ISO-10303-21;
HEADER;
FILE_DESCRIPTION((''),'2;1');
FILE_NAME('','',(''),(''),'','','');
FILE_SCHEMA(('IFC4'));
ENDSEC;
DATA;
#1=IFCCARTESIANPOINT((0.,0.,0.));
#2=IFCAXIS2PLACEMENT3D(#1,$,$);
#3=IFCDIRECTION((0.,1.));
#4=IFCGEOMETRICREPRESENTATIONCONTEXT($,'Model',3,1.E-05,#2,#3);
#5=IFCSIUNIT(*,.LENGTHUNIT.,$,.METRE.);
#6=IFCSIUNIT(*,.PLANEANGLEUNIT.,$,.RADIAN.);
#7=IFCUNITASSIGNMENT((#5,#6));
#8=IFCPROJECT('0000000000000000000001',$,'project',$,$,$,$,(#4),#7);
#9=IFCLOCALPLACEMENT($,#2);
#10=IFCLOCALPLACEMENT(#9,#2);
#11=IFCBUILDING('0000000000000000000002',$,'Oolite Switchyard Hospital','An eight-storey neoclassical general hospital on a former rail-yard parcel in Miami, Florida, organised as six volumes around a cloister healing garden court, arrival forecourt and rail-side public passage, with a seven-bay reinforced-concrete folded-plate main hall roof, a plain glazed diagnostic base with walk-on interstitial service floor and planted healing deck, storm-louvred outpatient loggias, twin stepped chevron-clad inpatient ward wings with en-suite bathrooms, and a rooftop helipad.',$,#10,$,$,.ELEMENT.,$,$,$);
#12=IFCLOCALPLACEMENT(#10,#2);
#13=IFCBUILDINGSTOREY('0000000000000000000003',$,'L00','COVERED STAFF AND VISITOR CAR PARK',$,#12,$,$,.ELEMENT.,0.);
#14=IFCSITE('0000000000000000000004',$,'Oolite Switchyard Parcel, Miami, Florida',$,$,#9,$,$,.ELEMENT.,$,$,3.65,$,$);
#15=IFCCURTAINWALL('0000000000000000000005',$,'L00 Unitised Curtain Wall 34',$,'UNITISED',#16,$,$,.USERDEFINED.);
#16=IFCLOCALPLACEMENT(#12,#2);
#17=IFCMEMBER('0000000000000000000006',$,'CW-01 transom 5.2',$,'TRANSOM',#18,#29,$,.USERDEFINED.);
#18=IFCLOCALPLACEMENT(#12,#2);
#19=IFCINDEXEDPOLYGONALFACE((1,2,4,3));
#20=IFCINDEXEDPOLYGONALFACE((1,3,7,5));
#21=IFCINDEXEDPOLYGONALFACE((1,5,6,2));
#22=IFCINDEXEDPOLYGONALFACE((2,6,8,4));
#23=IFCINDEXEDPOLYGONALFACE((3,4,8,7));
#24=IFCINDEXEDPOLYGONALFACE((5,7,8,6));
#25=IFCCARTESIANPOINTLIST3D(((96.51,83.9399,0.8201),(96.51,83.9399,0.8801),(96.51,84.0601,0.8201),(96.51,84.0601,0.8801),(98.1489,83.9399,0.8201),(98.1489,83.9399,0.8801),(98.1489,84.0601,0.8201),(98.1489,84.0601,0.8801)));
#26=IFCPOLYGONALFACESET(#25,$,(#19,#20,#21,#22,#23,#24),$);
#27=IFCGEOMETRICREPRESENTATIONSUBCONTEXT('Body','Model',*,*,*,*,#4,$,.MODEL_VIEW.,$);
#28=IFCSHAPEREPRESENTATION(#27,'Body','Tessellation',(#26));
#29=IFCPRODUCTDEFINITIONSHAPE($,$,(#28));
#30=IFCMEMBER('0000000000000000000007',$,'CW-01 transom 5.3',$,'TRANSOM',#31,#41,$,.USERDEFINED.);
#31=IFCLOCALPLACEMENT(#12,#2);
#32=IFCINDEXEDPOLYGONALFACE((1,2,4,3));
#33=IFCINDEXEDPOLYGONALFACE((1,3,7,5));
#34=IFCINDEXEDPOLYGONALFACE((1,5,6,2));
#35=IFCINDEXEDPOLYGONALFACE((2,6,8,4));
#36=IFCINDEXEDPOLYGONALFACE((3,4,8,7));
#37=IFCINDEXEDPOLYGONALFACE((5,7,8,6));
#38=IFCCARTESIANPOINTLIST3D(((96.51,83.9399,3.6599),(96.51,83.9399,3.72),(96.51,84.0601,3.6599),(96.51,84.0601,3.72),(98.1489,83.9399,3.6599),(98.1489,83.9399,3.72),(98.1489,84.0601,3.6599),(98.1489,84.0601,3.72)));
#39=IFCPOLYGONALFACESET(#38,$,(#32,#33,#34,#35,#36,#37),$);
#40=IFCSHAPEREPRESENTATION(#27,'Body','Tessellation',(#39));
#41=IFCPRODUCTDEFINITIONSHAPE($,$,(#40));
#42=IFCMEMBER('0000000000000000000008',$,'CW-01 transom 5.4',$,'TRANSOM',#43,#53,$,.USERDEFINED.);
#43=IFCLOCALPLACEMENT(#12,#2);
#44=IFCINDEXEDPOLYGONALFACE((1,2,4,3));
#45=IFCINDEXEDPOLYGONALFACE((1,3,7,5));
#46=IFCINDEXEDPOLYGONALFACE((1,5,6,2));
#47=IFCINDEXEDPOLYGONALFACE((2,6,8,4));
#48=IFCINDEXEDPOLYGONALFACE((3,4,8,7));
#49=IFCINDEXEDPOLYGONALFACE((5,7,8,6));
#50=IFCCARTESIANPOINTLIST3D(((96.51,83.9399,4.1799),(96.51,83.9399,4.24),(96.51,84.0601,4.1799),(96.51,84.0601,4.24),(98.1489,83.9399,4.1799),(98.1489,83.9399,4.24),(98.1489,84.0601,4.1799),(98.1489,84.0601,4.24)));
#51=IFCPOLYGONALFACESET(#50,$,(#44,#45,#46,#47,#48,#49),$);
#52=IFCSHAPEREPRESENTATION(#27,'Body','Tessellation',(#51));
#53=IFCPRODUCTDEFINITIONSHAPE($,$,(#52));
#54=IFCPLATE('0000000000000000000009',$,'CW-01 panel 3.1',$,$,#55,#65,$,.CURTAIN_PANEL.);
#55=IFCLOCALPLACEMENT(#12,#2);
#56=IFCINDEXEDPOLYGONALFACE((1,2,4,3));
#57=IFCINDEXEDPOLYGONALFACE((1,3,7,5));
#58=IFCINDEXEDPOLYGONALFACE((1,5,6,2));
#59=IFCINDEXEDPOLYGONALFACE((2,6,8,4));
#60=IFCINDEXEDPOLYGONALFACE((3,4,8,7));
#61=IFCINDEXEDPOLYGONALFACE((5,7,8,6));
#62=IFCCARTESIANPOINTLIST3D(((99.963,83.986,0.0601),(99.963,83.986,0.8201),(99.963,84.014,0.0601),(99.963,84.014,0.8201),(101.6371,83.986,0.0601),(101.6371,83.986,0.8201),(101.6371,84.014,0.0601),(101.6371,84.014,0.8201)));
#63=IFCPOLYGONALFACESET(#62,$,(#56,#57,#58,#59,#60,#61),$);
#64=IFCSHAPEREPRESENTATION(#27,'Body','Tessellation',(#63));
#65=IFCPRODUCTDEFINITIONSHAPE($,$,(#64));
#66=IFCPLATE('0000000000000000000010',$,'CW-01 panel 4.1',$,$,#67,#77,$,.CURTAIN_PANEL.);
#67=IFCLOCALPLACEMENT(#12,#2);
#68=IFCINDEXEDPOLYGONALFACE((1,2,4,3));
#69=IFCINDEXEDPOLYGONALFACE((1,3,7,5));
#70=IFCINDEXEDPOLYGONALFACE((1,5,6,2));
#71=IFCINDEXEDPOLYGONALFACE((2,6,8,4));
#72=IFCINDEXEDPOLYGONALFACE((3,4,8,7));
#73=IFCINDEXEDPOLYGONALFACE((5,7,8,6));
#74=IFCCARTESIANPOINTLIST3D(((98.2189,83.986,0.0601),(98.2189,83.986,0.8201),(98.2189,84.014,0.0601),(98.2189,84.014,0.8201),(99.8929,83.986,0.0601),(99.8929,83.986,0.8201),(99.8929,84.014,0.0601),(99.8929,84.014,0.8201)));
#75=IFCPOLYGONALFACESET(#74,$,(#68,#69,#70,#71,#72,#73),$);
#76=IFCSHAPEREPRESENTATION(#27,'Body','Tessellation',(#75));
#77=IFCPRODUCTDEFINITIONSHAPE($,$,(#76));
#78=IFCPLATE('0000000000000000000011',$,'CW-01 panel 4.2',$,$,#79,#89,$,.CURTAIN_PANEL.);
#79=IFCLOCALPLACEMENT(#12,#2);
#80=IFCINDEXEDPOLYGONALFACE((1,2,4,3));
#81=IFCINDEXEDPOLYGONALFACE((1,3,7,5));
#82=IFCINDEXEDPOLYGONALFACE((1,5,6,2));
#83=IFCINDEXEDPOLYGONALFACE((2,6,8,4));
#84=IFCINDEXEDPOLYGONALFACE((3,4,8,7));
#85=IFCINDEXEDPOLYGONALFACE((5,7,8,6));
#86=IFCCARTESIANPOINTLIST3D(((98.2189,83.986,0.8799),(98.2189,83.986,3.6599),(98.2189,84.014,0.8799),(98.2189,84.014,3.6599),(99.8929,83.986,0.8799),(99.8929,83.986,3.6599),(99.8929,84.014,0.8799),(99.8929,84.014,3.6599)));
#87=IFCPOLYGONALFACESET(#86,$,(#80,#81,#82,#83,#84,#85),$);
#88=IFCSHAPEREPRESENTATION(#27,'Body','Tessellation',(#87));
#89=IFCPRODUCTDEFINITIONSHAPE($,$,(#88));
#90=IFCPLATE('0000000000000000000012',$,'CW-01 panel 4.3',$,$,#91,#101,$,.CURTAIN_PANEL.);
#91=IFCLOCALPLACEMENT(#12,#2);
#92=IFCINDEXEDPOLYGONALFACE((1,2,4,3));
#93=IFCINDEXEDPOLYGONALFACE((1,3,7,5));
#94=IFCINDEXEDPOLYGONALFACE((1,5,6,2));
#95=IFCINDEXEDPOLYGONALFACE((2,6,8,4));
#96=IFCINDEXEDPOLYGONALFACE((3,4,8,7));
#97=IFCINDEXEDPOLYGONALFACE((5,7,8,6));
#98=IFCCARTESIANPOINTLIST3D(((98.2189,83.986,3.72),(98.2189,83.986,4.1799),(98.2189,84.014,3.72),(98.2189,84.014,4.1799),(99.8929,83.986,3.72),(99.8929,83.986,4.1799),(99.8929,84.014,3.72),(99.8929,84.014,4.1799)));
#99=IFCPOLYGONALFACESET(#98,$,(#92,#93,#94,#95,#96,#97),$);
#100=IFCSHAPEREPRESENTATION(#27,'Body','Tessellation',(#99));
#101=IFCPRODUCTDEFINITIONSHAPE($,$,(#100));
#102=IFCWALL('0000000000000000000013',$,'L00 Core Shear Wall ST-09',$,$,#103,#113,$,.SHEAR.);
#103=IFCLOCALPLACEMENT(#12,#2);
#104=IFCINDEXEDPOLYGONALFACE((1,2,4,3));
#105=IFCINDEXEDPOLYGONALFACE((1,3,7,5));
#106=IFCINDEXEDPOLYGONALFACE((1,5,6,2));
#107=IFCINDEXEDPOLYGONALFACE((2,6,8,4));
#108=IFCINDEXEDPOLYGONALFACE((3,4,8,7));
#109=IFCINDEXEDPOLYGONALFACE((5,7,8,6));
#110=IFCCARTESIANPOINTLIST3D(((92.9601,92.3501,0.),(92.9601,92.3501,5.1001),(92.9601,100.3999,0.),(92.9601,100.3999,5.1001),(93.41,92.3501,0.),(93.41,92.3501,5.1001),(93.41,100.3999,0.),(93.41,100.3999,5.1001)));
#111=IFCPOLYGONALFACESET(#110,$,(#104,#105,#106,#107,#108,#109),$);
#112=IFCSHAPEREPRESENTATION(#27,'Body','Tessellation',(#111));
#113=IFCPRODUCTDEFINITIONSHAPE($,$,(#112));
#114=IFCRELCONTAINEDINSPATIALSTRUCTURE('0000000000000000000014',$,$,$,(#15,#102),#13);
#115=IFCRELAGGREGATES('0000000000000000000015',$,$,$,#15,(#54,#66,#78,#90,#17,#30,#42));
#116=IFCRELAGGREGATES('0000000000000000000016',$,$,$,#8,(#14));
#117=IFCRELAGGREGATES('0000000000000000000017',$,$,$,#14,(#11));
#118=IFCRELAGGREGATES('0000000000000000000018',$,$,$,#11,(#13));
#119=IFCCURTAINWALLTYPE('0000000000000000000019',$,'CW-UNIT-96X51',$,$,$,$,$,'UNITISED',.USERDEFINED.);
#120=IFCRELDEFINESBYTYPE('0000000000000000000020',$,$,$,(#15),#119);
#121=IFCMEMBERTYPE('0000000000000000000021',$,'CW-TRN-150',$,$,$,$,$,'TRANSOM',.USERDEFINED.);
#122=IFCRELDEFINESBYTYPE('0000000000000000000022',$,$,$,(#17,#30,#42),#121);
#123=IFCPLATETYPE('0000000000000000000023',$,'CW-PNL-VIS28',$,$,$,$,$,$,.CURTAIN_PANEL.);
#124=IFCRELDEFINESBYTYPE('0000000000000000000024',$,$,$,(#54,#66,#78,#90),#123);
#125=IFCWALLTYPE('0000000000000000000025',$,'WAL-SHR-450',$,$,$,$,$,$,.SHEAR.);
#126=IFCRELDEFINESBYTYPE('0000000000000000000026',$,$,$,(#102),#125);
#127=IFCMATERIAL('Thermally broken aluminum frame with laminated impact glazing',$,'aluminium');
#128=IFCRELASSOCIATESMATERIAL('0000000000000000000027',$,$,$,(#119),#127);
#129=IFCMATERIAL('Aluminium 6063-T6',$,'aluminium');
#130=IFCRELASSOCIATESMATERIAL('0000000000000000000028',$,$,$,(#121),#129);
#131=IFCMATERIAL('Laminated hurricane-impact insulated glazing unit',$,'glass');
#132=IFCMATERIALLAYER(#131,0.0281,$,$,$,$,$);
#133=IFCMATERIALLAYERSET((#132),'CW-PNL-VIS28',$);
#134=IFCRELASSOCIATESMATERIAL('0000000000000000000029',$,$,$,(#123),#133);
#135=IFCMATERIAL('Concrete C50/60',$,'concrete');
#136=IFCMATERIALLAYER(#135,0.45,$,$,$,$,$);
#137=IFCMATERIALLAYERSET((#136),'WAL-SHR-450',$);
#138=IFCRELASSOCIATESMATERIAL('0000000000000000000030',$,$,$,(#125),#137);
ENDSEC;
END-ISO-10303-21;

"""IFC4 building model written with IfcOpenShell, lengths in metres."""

from ifc_helpers import new_model, si_unit, direction, frame, frame_2d, origin, origin_2d, place, context, subcontext, project, spatial, rectangle, extrude, material, layer, layer_set, material_profile, profile_set, type_object, element, aggregate, save


model = new_model("IFC4")

# Units and contexts
model_context = context("Model", 3, precision=1e-05, world=origin(), true_north=direction((0.0, 1.0)))
body_context = subcontext(model_context, "Body", "Model", "MODEL_VIEW")
ifc_project = project(units=[si_unit("LENGTHUNIT", "METRE"), si_unit("PLANEANGLEUNIT", "RADIAN")], contexts=[model_context])

# Site, building, storey
site_placement = place(None, origin())
site = spatial("IfcSite", under=ifc_project, at=site_placement, Name="Oolite Switchyard Parcel, Miami, Florida", CompositionType="ELEMENT", RefElevation=3.65)
building_placement = place(site_placement, origin())
building = spatial("IfcBuilding", under=site, at=building_placement, Name="Oolite Switchyard Hospital", Description="An eight-storey neoclassical general hospital on a former rail-yard parcel in Miami, Florida, organised as six volumes around a cloister healing garden court, arrival forecourt and rail-side public passage, with a seven-bay reinforced-concrete folded-plate main hall roof, a plain glazed diagnostic base with walk-on interstitial service floor and planted healing deck, storm-louvred outpatient loggias, twin stepped chevron-clad inpatient ward wings with en-suite bathrooms, and a rooftop helipad.", CompositionType="ELEMENT")
storey_placement = place(building_placement, origin())
storey = spatial("IfcBuildingStorey", under=building, at=storey_placement, Name="L00", Description="COVERED STAFF AND VISITOR CAR PARK", CompositionType="ELEMENT", Elevation=0.0)

# Shared definitions
ifc_material_1 = material(Name="Concrete C50/60", Category="concrete")

# Curtain wall, members, plates
ifc_material_2 = material(Name="Thermally broken aluminum frame with laminated impact glazing", Category="aluminium")
curtain_wall_type = type_object("IfcCurtainWallType", Name="CW-UNIT-96X51", ElementType="UNITISED", PredefinedType="USERDEFINED", material=ifc_material_2)
curtain_wall_placement = place(storey_placement, origin())
curtain_wall = element("IfcCurtainWall", 1, at=curtain_wall_placement, inside=storey, type_object=curtain_wall_type, Name="L00 Unitised Curtain Wall 34", ObjectType="UNITISED", PredefinedType="USERDEFINED")
ifc_material_3 = material(Name="Aluminium 6063-T6", Category="aluminium")
ifc_material_profile_1 = material_profile(ifc_material_3, rectangle(XDim=0.1201, YDim=0.0601, at=origin_2d()), Name="CWT60X120")
ifc_profile_set_1 = profile_set([ifc_material_profile_1], Name="Aluminium 6063-T6")
member_type_1 = type_object("IfcMemberType", Name="CW-TRN-150", ElementType="TRANSOM", PredefinedType="USERDEFINED", material=ifc_profile_set_1)
member_1_placement = place(storey_placement, frame((98.1489, 84.0, 0.8501), z_axis=(-1.0, 0.0, 0.0), x_axis=(0.0, -1.0, 0.0)))
member_1 = element("IfcMember", 2, at=member_1_placement, type_object=member_type_1, Name="CW-01 transom 5.2", ObjectType="TRANSOM", PredefinedType="USERDEFINED", context=body_context, shape_type="SweptSolid", body=[
    extrude(rectangle(XDim=0.1201, YDim=0.0601, at=origin_2d()), origin(), (0.0, 0.0, 1.0), 1.6389),
])
member_2_placement = place(storey_placement, frame((98.1489, 84.0, 3.6899), z_axis=(-1.0, 0.0, 0.0), x_axis=(0.0, -1.0, 0.0)))
member_2 = element("IfcMember", 3, at=member_2_placement, type_object=member_type_1, Name="CW-01 transom 5.3", ObjectType="TRANSOM", PredefinedType="USERDEFINED", context=body_context, shape_type="SweptSolid", body=[
    extrude(rectangle(XDim=0.1201, YDim=0.0601, at=origin_2d()), origin(), (0.0, 0.0, 1.0), 1.6389),
])
member_3_placement = place(storey_placement, frame((98.1489, 84.0, 4.21), z_axis=(-1.0, 0.0, 0.0), x_axis=(0.0, -1.0, 0.0)))
member_3 = element("IfcMember", 4, at=member_3_placement, type_object=member_type_1, Name="CW-01 transom 5.4", ObjectType="TRANSOM", PredefinedType="USERDEFINED", context=body_context, shape_type="SweptSolid", body=[
    extrude(rectangle(XDim=0.1201, YDim=0.0601, at=origin_2d()), origin(), (0.0, 0.0, 1.0), 1.6389),
])
ifc_material_4 = material(Name="Laminated hurricane-impact insulated glazing unit", Category="glass")
ifc_layer_1 = layer(ifc_material_4, 0.0281)
ifc_layer_set_1 = layer_set([ifc_layer_1], Name="CW-PNL-VIS28")
plate_type = type_object("IfcPlateType", Name="CW-PNL-VIS28", PredefinedType="CURTAIN_PANEL", material=ifc_layer_set_1)
plate_1_placement = place(storey_placement, frame((100.8, 84.0, 0.0601), z_axis=(0.0, 0.0, 1.0), x_axis=(-1.0, 0.0, 0.0)))
plate_1 = element("IfcPlate", 5, at=plate_1_placement, type_object=plate_type, Name="CW-01 panel 3.1", PredefinedType="CURTAIN_PANEL", context=body_context, shape_type="SweptSolid", body=[
    extrude(rectangle(XDim=1.6741, YDim=0.0281, at=origin_2d()), origin(), (0.0, 0.0, 1.0), 0.76),
])
plate_2_placement = place(storey_placement, frame((99.0559, 84.0, 0.0601), z_axis=(0.0, 0.0, 1.0), x_axis=(-1.0, 0.0, 0.0)))
plate_2 = element("IfcPlate", 6, at=plate_2_placement, type_object=plate_type, Name="CW-01 panel 4.1", PredefinedType="CURTAIN_PANEL", context=body_context, shape_type="SweptSolid", body=[
    extrude(rectangle(XDim=1.6741, YDim=0.0281, at=origin_2d()), origin(), (0.0, 0.0, 1.0), 0.76),
])
plate_3_placement = place(storey_placement, frame((99.0559, 84.0, 0.8799), z_axis=(0.0, 0.0, 1.0), x_axis=(-1.0, 0.0, 0.0)))
plate_3 = element("IfcPlate", 7, at=plate_3_placement, type_object=plate_type, Name="CW-01 panel 4.2", PredefinedType="CURTAIN_PANEL", context=body_context, shape_type="SweptSolid", body=[
    extrude(rectangle(XDim=1.6741, YDim=0.0281, at=origin_2d()), origin(), (0.0, 0.0, 1.0), 2.78),
])
plate_4_placement = place(storey_placement, frame((99.0559, 84.0, 3.72), z_axis=(0.0, 0.0, 1.0), x_axis=(-1.0, 0.0, 0.0)))
plate_4 = element("IfcPlate", 8, at=plate_4_placement, type_object=plate_type, Name="CW-01 panel 4.3", PredefinedType="CURTAIN_PANEL", context=body_context, shape_type="SweptSolid", body=[
    extrude(rectangle(XDim=1.6741, YDim=0.0281, at=origin_2d()), origin(), (0.0, 0.0, 1.0), 0.46),
])
aggregate(curtain_wall, [plate_1, plate_2, plate_3, plate_4, member_1, member_2, member_3])

# Wall
ifc_layer_2 = layer(ifc_material_1, 0.45)
ifc_layer_set_2 = layer_set([ifc_layer_2], Name="WAL-SHR-450")
wall_type = type_object("IfcWallType", Name="WAL-SHR-450", PredefinedType="SHEAR", material=ifc_layer_set_2)
wall_placement = place(storey_placement, frame((93.1851, 92.3501, 0.0), z_axis=(0.0, 0.0, 1.0), x_axis=(0.0, 1.0, 0.0)))
element("IfcWall", 9, at=wall_placement, inside=storey, type_object=wall_type, Name="L00 Core Shear Wall ST-09", PredefinedType="SHEAR", context=body_context, shape_type="SweptSolid", body=[
    extrude(rectangle(XDim=8.0498, YDim=0.45, at=frame_2d((4.0249, 0.0))), origin(), (0.0, 0.0, 1.0), 5.1001),
])

save(model, "model.ifc")
